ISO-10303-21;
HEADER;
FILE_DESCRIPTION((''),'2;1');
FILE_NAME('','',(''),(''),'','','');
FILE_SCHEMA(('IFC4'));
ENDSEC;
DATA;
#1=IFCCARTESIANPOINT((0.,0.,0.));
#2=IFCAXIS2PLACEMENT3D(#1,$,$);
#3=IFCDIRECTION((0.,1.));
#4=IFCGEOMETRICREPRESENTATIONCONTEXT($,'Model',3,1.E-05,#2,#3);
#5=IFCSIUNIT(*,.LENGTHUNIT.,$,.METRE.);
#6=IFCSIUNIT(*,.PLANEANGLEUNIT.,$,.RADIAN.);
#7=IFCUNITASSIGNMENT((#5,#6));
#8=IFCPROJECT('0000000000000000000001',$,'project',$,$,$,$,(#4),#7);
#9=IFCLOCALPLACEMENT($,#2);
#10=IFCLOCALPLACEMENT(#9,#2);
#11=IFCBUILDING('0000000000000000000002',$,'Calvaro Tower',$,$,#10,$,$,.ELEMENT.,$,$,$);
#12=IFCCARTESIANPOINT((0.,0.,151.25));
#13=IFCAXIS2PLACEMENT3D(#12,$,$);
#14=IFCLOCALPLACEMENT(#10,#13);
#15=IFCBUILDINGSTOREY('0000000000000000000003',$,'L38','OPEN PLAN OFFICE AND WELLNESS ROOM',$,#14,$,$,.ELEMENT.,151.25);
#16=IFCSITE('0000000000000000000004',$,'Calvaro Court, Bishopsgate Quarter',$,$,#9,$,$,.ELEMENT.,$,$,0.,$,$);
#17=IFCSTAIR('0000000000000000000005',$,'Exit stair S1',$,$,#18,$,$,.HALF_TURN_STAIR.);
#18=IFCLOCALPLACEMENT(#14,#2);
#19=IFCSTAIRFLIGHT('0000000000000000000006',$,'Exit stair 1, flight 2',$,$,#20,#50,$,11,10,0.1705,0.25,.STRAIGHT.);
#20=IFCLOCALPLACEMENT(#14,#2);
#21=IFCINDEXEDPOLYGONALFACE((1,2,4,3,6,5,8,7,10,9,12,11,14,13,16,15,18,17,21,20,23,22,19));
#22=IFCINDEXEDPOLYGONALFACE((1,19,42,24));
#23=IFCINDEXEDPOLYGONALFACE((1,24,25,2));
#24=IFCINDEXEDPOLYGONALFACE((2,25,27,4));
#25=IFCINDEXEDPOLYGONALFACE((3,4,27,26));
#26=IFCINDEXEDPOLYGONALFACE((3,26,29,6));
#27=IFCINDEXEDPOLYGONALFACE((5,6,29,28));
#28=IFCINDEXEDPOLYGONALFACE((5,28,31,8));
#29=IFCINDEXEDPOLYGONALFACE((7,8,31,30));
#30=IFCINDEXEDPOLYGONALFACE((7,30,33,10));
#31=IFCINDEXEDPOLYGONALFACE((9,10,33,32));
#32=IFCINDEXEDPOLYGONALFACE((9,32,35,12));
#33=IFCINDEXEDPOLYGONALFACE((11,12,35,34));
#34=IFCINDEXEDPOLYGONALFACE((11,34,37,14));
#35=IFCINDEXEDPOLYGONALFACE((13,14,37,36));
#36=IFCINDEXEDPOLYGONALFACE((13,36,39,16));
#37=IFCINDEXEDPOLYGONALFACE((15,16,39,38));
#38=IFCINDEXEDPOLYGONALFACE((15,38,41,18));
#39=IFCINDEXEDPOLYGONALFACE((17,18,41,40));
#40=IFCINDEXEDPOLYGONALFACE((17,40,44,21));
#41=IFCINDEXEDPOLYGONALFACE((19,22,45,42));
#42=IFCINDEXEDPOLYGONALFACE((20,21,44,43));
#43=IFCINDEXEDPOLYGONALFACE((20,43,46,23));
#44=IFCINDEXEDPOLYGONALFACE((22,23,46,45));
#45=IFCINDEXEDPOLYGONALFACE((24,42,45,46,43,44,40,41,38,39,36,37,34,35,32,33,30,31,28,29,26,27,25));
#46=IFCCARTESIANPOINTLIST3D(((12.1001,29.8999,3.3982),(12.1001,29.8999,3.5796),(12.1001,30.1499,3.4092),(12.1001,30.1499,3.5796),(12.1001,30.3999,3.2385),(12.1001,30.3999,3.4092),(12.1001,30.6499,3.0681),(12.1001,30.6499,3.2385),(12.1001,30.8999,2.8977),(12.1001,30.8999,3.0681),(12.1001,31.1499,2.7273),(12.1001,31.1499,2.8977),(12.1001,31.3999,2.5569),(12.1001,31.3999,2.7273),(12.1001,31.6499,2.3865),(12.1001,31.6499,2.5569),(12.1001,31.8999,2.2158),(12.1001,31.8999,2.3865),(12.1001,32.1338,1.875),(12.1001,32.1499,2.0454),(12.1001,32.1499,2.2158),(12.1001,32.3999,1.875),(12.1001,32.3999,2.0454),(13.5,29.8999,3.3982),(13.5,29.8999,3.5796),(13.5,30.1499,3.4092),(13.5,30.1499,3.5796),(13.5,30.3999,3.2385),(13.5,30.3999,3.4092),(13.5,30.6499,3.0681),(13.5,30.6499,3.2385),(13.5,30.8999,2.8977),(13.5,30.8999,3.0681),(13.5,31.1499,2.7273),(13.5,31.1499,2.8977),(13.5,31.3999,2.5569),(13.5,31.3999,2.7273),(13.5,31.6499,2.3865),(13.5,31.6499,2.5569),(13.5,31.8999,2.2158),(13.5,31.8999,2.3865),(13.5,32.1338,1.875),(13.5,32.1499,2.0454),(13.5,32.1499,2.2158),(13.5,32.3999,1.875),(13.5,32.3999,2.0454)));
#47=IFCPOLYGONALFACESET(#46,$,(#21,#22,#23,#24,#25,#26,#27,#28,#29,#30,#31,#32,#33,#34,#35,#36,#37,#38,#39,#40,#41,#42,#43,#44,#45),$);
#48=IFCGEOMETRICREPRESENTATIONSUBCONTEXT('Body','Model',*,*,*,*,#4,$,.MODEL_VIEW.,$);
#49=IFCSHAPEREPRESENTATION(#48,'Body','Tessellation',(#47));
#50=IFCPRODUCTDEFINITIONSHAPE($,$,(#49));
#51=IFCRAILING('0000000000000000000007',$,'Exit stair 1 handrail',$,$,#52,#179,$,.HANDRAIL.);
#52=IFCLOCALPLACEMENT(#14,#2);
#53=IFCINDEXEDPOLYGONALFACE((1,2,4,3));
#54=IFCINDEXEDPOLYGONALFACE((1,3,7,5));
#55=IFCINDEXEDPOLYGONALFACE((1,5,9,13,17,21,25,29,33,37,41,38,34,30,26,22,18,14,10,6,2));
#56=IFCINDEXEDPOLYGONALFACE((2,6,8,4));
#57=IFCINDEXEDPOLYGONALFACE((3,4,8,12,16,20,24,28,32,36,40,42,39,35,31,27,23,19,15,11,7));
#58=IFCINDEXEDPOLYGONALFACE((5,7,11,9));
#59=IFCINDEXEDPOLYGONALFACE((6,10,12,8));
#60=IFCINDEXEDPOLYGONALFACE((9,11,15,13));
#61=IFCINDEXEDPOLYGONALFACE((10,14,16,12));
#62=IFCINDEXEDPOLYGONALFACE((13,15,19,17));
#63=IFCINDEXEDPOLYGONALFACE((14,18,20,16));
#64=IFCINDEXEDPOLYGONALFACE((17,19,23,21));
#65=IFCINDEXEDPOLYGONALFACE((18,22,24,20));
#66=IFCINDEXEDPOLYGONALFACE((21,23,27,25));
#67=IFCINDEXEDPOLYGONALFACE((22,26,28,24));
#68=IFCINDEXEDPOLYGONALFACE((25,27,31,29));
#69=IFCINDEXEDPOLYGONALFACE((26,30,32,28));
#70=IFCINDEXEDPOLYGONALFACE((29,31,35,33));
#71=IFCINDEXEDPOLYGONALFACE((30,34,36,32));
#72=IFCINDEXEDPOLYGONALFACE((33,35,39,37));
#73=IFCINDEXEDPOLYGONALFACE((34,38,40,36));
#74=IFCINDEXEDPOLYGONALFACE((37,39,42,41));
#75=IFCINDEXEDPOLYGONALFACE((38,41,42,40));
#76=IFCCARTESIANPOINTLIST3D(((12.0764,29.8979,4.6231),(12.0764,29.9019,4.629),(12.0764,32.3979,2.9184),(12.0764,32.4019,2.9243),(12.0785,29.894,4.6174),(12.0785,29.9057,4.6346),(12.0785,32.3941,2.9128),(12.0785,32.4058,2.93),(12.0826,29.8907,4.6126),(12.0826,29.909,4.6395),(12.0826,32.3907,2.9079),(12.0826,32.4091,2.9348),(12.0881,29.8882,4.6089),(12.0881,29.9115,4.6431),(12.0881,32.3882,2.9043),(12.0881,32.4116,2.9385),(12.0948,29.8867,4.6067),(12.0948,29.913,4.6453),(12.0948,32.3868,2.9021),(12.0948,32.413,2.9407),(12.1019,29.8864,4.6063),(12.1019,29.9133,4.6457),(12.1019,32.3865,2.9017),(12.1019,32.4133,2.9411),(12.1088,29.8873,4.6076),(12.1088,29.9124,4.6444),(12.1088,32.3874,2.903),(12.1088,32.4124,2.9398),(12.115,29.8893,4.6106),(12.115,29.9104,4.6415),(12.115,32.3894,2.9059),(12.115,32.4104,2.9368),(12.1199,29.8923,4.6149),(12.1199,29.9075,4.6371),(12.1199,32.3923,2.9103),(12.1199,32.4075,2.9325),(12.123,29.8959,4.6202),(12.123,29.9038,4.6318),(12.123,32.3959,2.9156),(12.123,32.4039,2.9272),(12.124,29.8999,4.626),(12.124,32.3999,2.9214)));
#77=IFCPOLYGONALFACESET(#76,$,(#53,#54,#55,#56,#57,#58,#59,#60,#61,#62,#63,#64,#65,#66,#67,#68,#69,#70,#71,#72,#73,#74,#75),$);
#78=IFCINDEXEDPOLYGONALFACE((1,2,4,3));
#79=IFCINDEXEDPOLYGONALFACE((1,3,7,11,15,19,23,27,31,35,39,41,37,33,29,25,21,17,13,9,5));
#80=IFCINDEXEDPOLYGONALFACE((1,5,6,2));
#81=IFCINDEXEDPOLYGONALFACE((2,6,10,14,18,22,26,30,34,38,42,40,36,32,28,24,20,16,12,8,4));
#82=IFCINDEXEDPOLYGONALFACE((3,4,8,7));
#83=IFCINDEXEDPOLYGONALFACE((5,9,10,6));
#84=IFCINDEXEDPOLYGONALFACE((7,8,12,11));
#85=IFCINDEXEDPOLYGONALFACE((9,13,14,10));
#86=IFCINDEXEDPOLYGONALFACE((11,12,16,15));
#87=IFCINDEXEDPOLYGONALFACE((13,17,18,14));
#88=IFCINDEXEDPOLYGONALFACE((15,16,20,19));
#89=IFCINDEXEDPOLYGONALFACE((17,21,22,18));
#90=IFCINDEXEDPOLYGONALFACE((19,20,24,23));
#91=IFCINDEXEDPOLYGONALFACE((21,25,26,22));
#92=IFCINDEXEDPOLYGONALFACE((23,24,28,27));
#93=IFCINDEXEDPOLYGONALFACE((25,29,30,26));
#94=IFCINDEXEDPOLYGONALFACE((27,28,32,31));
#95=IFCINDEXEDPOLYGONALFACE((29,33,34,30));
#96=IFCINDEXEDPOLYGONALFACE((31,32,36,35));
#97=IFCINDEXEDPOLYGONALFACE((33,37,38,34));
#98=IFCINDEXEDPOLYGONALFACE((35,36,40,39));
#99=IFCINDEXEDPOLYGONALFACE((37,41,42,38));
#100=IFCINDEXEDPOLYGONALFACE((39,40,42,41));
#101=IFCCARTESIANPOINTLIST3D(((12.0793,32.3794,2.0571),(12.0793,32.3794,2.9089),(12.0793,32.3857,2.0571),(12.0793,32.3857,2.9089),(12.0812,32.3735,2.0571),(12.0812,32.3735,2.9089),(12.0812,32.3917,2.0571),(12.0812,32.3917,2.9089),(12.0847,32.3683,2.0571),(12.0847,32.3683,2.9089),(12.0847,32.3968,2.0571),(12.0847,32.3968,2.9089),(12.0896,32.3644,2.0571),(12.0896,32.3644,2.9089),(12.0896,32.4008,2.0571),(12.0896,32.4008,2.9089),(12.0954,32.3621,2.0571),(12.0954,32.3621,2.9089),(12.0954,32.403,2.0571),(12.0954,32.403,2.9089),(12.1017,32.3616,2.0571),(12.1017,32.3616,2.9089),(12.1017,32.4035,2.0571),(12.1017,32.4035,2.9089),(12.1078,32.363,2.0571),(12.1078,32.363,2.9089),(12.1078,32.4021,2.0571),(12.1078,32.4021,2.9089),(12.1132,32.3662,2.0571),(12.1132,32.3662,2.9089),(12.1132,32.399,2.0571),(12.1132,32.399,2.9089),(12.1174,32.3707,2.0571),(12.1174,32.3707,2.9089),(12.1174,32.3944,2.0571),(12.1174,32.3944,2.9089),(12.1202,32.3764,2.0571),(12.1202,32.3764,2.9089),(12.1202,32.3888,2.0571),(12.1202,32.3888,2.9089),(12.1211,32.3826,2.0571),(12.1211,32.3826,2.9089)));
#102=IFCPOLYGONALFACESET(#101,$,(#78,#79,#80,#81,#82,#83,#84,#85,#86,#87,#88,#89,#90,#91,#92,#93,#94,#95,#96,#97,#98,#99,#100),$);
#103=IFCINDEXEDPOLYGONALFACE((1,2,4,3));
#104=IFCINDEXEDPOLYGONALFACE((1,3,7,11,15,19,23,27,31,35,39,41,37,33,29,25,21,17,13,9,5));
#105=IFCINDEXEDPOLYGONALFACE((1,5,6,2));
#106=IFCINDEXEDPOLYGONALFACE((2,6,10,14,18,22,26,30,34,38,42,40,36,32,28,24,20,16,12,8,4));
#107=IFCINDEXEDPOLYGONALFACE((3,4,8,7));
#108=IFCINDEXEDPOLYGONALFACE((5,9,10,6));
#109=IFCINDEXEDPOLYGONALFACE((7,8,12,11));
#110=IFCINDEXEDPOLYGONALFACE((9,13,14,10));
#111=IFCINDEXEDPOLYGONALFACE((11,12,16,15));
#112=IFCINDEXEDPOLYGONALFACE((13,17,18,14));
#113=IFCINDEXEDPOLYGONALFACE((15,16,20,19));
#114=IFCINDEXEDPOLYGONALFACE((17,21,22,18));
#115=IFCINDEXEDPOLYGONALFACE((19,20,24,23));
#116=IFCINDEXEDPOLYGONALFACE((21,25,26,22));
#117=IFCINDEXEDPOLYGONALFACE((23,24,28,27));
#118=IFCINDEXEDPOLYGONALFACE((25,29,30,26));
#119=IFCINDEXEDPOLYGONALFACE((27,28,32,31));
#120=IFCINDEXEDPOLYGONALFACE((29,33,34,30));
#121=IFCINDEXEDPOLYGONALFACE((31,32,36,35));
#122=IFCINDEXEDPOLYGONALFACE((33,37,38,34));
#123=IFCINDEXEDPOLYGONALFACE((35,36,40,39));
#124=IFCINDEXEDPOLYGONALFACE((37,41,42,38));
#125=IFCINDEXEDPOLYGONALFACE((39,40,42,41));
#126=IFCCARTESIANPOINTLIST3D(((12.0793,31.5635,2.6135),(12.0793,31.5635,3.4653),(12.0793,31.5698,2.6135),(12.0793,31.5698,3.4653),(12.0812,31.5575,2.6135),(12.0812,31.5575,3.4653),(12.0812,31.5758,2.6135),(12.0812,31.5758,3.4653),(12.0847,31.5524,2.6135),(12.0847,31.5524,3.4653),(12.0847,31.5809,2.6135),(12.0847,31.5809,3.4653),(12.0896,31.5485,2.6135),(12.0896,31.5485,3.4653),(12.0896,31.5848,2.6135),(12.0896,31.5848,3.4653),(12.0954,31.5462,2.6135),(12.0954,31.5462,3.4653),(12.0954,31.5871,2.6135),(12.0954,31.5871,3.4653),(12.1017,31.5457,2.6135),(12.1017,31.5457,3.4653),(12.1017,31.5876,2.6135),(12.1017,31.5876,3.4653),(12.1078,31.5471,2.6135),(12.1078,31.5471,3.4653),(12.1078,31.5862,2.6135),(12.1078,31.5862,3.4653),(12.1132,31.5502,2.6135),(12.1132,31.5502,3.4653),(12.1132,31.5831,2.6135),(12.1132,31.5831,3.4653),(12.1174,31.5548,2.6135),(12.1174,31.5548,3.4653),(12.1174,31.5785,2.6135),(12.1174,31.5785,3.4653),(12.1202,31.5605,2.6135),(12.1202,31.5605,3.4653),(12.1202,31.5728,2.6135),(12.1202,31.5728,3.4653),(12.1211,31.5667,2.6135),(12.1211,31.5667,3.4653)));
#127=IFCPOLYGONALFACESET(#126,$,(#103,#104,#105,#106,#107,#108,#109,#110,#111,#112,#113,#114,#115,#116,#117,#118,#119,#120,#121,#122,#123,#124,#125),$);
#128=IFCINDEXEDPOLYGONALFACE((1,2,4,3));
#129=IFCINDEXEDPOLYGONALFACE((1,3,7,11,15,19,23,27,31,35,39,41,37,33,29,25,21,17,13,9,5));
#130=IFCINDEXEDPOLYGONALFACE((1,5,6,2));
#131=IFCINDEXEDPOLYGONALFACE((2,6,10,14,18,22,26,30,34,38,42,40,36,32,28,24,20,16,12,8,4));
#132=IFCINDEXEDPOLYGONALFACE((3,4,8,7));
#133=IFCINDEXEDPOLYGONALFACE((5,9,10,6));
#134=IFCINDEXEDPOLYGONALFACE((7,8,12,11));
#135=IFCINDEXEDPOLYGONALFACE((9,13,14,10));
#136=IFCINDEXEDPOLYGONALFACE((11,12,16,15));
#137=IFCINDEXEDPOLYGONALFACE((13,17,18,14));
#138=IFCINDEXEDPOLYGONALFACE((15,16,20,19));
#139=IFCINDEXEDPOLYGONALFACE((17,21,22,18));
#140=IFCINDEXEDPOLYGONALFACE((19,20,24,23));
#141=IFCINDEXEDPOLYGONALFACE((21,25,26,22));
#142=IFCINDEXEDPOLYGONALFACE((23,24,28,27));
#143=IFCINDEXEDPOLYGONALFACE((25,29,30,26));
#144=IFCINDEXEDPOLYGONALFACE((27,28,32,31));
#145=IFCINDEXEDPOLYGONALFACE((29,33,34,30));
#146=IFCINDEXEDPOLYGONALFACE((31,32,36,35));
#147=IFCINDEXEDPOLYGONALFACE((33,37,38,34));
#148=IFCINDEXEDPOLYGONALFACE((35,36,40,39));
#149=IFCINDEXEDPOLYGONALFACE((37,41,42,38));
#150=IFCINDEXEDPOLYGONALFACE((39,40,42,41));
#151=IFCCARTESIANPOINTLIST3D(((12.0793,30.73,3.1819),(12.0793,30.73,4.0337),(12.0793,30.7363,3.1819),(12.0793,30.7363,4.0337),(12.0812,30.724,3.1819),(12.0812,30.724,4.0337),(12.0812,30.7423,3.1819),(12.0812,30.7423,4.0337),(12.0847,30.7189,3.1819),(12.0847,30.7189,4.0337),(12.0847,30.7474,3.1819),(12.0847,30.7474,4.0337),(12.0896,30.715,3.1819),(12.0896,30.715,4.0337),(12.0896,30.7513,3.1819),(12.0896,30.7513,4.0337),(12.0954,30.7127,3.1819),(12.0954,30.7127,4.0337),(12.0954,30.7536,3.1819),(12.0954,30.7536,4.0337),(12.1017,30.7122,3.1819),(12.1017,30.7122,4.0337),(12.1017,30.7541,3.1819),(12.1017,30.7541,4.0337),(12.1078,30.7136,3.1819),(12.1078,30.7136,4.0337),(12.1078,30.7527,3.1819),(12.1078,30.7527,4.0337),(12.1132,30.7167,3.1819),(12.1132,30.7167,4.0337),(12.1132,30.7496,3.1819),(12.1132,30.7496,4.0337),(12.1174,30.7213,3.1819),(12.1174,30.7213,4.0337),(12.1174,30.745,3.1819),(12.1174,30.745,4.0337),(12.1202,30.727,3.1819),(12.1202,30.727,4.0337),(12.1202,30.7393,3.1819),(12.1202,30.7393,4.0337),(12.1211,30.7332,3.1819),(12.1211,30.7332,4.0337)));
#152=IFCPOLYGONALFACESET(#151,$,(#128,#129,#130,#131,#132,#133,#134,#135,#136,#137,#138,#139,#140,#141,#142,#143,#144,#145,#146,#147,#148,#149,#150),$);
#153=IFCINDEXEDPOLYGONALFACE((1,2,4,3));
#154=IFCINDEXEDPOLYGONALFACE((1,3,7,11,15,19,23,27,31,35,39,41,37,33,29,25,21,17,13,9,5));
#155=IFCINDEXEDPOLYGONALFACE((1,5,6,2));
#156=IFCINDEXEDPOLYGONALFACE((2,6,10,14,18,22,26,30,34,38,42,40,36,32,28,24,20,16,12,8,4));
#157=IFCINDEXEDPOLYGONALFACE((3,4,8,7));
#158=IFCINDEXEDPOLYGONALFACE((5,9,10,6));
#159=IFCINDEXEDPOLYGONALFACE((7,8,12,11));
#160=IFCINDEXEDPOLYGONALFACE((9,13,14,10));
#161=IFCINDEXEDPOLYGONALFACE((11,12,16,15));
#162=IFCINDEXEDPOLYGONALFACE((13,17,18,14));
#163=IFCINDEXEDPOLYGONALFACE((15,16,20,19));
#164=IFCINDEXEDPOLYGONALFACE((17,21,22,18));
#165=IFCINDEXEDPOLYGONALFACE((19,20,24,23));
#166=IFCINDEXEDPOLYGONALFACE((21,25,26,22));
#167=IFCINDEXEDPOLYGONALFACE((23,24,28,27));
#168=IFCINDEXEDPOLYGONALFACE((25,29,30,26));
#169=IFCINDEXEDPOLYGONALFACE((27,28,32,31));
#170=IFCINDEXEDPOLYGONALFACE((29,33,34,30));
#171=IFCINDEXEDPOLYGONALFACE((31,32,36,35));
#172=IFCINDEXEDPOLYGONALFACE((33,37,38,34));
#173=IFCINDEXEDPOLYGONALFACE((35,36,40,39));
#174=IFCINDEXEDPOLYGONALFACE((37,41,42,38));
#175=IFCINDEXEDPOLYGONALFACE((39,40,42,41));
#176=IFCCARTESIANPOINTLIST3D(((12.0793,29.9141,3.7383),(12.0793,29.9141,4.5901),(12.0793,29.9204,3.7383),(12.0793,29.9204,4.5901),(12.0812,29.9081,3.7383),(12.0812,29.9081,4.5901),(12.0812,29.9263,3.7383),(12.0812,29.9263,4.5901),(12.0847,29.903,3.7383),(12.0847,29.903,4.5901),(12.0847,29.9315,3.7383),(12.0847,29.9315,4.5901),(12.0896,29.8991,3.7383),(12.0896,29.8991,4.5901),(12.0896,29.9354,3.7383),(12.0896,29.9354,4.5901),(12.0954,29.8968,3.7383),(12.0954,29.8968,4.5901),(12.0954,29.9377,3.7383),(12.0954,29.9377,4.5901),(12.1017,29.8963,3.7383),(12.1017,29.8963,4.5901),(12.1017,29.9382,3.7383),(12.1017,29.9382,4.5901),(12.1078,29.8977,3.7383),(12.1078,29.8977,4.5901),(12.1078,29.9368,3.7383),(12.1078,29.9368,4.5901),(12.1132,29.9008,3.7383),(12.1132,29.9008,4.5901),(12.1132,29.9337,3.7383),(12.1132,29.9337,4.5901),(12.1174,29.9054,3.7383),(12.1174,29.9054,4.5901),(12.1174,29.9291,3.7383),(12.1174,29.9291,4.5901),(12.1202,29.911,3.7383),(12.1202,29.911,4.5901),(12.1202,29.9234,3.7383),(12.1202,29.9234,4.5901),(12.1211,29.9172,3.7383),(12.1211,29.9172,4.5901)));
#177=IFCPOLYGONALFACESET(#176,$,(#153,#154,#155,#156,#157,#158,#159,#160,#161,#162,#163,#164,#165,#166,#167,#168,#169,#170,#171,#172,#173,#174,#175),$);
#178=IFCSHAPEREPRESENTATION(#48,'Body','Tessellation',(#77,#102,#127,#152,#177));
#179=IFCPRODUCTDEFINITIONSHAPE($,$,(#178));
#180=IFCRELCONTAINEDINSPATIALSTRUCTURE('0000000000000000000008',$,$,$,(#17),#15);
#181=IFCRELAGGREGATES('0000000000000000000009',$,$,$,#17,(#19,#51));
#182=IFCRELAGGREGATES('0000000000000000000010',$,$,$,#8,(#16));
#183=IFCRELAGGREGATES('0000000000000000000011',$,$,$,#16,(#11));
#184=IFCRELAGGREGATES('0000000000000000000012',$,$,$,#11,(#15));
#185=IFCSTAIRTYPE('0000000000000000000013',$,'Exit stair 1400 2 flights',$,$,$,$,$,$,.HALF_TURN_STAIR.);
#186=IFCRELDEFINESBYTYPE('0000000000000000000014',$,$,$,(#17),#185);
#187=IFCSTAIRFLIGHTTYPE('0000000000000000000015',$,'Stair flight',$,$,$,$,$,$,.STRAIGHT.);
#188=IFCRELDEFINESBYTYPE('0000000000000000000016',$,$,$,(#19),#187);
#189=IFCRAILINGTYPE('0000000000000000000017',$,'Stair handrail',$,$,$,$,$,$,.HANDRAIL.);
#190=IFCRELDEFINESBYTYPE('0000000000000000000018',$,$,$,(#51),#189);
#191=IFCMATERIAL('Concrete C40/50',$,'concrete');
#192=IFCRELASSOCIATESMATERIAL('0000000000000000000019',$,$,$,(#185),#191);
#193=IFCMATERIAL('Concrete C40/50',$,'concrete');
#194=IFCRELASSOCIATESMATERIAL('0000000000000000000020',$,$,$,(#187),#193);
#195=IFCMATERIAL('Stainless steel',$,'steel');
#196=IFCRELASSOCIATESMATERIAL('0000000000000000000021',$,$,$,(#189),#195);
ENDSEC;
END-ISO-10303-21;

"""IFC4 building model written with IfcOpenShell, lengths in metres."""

from ifc_helpers import new_model, si_unit, direction, frame, origin, origin_2d, place, context, subcontext, project, spatial, polyline, circle, outline, extrude, material, type_object, element, aggregate, save


model = new_model("IFC4")

# Units and contexts
model_context = context("Model", 3, precision=1e-05, world=origin(), true_north=direction((0.0, 1.0)))
body_context = subcontext(model_context, "Body", "Model", "MODEL_VIEW")
ifc_project = project(units=[si_unit("LENGTHUNIT", "METRE"), si_unit("PLANEANGLEUNIT", "RADIAN")], contexts=[model_context])

# Site, building, storey
site_placement = place(None, origin())
site = spatial("IfcSite", under=ifc_project, at=site_placement, Name="Calvaro Court, Bishopsgate Quarter", CompositionType="ELEMENT", RefElevation=0.0)
building_placement = place(site_placement, origin())
building = spatial("IfcBuilding", under=site, at=building_placement, Name="Calvaro Tower", CompositionType="ELEMENT")
storey_placement = place(building_placement, frame((0.0, 0.0, 151.25)))
storey = spatial("IfcBuildingStorey", under=building, at=storey_placement, Name="L38", Description="OPEN PLAN OFFICE AND WELLNESS ROOM", CompositionType="ELEMENT", Elevation=151.25)

# Stair, stair flight, railing
ifc_material_1 = material(Name="Concrete C40/50", Category="concrete")
stair_type = type_object("IfcStairType", Name="Exit stair 1400 2 flights", PredefinedType="HALF_TURN_STAIR", material=ifc_material_1)
stair_placement = place(storey_placement, origin())
stair = element("IfcStair", 1, at=stair_placement, inside=storey, type_object=stair_type, Name="Exit stair S1", PredefinedType="HALF_TURN_STAIR")
ifc_material_2 = material(Name="Concrete C40/50", Category="concrete")
stair_flight_type = type_object("IfcStairFlightType", Name="Stair flight", PredefinedType="STRAIGHT", material=ifc_material_2)
stair_flight_placement = place(storey_placement, frame((12.8, 32.3999, 1.875), z_axis=(0.0, 0.0, 1.0), x_axis=(0.0, -1.0, 0.0)))
stair_flight = element("IfcStairFlight", 2, at=stair_flight_placement, type_object=stair_flight_type, Name="Exit stair 1, flight 2", NumberOfRisers=11, NumberOfTreads=10, PredefinedType="STRAIGHT", RiserHeight=0.1705, TreadLength=0.25, context=body_context, shape_type="SweptSolid", body=[
    extrude(outline(polyline([(0.0, 0.0), (0.0, 0.1704), (0.25, 0.1704), (0.25, 0.3408), (0.5, 0.3408), (0.5, 0.5115), (0.75, 0.5115), (0.75, 0.6819), (1.0, 0.6819), (1.0, 0.8523), (1.25, 0.8523), (1.25, 1.0227), (1.5, 1.0227), (1.5, 1.1931), (1.75, 1.1931), (1.75, 1.3635), (2.0, 1.3635), (2.0, 1.5342), (2.25, 1.5342), (2.25, 1.7046), (2.5, 1.7046), (2.5, 1.875), (2.5, 1.5232), (0.2661, 0.0), (0.0, 0.0)])), frame((0.0, 0.7, 0.0), z_axis=(0.0, -1.0, 0.0), x_axis=(1.0, 0.0, 0.0)), (0.0, 0.0, 1.0), 1.3999),
])
ifc_material_3 = material(Name="Stainless steel", Category="steel")
railing_type = type_object("IfcRailingType", Name="Stair handrail", PredefinedType="HANDRAIL", material=ifc_material_3)
railing_1_placement = place(storey_placement, frame((12.1001, 32.3999, 2.0454)))
railing_1 = element("IfcRailing", 3, at=railing_1_placement, type_object=railing_type, Name="Exit stair 1 handrail", PredefinedType="HANDRAIL", context=body_context, shape_type="SweptSolid", body=[
    extrude(circle(Radius=0.0239, at=origin_2d()), frame((0.0, 0.0, 0.876), z_axis=(0.0, -0.826221, 0.563347), x_axis=(1.0, 0.0, 0.0)), (0.0, 0.0, 1.0), 3.0259),
    extrude(circle(Radius=0.021, at=origin_2d()), frame((0.0, -0.0173, 0.0117)), (0.0, 0.0, 1.0), 0.8518),
    extrude(circle(Radius=0.021, at=origin_2d()), frame((0.0, -0.8333, 0.5681)), (0.0, 0.0, 1.0), 0.8518),
    extrude(circle(Radius=0.021, at=origin_2d()), frame((0.0, -1.6667, 1.1365)), (0.0, 0.0, 1.0), 0.8518),
    extrude(circle(Radius=0.021, at=origin_2d()), frame((0.0, -2.4827, 1.6929)), (0.0, 0.0, 1.0), 0.8518),
])
aggregate(stair, [stair_flight, railing_1])

save(model, "model.ifc")
